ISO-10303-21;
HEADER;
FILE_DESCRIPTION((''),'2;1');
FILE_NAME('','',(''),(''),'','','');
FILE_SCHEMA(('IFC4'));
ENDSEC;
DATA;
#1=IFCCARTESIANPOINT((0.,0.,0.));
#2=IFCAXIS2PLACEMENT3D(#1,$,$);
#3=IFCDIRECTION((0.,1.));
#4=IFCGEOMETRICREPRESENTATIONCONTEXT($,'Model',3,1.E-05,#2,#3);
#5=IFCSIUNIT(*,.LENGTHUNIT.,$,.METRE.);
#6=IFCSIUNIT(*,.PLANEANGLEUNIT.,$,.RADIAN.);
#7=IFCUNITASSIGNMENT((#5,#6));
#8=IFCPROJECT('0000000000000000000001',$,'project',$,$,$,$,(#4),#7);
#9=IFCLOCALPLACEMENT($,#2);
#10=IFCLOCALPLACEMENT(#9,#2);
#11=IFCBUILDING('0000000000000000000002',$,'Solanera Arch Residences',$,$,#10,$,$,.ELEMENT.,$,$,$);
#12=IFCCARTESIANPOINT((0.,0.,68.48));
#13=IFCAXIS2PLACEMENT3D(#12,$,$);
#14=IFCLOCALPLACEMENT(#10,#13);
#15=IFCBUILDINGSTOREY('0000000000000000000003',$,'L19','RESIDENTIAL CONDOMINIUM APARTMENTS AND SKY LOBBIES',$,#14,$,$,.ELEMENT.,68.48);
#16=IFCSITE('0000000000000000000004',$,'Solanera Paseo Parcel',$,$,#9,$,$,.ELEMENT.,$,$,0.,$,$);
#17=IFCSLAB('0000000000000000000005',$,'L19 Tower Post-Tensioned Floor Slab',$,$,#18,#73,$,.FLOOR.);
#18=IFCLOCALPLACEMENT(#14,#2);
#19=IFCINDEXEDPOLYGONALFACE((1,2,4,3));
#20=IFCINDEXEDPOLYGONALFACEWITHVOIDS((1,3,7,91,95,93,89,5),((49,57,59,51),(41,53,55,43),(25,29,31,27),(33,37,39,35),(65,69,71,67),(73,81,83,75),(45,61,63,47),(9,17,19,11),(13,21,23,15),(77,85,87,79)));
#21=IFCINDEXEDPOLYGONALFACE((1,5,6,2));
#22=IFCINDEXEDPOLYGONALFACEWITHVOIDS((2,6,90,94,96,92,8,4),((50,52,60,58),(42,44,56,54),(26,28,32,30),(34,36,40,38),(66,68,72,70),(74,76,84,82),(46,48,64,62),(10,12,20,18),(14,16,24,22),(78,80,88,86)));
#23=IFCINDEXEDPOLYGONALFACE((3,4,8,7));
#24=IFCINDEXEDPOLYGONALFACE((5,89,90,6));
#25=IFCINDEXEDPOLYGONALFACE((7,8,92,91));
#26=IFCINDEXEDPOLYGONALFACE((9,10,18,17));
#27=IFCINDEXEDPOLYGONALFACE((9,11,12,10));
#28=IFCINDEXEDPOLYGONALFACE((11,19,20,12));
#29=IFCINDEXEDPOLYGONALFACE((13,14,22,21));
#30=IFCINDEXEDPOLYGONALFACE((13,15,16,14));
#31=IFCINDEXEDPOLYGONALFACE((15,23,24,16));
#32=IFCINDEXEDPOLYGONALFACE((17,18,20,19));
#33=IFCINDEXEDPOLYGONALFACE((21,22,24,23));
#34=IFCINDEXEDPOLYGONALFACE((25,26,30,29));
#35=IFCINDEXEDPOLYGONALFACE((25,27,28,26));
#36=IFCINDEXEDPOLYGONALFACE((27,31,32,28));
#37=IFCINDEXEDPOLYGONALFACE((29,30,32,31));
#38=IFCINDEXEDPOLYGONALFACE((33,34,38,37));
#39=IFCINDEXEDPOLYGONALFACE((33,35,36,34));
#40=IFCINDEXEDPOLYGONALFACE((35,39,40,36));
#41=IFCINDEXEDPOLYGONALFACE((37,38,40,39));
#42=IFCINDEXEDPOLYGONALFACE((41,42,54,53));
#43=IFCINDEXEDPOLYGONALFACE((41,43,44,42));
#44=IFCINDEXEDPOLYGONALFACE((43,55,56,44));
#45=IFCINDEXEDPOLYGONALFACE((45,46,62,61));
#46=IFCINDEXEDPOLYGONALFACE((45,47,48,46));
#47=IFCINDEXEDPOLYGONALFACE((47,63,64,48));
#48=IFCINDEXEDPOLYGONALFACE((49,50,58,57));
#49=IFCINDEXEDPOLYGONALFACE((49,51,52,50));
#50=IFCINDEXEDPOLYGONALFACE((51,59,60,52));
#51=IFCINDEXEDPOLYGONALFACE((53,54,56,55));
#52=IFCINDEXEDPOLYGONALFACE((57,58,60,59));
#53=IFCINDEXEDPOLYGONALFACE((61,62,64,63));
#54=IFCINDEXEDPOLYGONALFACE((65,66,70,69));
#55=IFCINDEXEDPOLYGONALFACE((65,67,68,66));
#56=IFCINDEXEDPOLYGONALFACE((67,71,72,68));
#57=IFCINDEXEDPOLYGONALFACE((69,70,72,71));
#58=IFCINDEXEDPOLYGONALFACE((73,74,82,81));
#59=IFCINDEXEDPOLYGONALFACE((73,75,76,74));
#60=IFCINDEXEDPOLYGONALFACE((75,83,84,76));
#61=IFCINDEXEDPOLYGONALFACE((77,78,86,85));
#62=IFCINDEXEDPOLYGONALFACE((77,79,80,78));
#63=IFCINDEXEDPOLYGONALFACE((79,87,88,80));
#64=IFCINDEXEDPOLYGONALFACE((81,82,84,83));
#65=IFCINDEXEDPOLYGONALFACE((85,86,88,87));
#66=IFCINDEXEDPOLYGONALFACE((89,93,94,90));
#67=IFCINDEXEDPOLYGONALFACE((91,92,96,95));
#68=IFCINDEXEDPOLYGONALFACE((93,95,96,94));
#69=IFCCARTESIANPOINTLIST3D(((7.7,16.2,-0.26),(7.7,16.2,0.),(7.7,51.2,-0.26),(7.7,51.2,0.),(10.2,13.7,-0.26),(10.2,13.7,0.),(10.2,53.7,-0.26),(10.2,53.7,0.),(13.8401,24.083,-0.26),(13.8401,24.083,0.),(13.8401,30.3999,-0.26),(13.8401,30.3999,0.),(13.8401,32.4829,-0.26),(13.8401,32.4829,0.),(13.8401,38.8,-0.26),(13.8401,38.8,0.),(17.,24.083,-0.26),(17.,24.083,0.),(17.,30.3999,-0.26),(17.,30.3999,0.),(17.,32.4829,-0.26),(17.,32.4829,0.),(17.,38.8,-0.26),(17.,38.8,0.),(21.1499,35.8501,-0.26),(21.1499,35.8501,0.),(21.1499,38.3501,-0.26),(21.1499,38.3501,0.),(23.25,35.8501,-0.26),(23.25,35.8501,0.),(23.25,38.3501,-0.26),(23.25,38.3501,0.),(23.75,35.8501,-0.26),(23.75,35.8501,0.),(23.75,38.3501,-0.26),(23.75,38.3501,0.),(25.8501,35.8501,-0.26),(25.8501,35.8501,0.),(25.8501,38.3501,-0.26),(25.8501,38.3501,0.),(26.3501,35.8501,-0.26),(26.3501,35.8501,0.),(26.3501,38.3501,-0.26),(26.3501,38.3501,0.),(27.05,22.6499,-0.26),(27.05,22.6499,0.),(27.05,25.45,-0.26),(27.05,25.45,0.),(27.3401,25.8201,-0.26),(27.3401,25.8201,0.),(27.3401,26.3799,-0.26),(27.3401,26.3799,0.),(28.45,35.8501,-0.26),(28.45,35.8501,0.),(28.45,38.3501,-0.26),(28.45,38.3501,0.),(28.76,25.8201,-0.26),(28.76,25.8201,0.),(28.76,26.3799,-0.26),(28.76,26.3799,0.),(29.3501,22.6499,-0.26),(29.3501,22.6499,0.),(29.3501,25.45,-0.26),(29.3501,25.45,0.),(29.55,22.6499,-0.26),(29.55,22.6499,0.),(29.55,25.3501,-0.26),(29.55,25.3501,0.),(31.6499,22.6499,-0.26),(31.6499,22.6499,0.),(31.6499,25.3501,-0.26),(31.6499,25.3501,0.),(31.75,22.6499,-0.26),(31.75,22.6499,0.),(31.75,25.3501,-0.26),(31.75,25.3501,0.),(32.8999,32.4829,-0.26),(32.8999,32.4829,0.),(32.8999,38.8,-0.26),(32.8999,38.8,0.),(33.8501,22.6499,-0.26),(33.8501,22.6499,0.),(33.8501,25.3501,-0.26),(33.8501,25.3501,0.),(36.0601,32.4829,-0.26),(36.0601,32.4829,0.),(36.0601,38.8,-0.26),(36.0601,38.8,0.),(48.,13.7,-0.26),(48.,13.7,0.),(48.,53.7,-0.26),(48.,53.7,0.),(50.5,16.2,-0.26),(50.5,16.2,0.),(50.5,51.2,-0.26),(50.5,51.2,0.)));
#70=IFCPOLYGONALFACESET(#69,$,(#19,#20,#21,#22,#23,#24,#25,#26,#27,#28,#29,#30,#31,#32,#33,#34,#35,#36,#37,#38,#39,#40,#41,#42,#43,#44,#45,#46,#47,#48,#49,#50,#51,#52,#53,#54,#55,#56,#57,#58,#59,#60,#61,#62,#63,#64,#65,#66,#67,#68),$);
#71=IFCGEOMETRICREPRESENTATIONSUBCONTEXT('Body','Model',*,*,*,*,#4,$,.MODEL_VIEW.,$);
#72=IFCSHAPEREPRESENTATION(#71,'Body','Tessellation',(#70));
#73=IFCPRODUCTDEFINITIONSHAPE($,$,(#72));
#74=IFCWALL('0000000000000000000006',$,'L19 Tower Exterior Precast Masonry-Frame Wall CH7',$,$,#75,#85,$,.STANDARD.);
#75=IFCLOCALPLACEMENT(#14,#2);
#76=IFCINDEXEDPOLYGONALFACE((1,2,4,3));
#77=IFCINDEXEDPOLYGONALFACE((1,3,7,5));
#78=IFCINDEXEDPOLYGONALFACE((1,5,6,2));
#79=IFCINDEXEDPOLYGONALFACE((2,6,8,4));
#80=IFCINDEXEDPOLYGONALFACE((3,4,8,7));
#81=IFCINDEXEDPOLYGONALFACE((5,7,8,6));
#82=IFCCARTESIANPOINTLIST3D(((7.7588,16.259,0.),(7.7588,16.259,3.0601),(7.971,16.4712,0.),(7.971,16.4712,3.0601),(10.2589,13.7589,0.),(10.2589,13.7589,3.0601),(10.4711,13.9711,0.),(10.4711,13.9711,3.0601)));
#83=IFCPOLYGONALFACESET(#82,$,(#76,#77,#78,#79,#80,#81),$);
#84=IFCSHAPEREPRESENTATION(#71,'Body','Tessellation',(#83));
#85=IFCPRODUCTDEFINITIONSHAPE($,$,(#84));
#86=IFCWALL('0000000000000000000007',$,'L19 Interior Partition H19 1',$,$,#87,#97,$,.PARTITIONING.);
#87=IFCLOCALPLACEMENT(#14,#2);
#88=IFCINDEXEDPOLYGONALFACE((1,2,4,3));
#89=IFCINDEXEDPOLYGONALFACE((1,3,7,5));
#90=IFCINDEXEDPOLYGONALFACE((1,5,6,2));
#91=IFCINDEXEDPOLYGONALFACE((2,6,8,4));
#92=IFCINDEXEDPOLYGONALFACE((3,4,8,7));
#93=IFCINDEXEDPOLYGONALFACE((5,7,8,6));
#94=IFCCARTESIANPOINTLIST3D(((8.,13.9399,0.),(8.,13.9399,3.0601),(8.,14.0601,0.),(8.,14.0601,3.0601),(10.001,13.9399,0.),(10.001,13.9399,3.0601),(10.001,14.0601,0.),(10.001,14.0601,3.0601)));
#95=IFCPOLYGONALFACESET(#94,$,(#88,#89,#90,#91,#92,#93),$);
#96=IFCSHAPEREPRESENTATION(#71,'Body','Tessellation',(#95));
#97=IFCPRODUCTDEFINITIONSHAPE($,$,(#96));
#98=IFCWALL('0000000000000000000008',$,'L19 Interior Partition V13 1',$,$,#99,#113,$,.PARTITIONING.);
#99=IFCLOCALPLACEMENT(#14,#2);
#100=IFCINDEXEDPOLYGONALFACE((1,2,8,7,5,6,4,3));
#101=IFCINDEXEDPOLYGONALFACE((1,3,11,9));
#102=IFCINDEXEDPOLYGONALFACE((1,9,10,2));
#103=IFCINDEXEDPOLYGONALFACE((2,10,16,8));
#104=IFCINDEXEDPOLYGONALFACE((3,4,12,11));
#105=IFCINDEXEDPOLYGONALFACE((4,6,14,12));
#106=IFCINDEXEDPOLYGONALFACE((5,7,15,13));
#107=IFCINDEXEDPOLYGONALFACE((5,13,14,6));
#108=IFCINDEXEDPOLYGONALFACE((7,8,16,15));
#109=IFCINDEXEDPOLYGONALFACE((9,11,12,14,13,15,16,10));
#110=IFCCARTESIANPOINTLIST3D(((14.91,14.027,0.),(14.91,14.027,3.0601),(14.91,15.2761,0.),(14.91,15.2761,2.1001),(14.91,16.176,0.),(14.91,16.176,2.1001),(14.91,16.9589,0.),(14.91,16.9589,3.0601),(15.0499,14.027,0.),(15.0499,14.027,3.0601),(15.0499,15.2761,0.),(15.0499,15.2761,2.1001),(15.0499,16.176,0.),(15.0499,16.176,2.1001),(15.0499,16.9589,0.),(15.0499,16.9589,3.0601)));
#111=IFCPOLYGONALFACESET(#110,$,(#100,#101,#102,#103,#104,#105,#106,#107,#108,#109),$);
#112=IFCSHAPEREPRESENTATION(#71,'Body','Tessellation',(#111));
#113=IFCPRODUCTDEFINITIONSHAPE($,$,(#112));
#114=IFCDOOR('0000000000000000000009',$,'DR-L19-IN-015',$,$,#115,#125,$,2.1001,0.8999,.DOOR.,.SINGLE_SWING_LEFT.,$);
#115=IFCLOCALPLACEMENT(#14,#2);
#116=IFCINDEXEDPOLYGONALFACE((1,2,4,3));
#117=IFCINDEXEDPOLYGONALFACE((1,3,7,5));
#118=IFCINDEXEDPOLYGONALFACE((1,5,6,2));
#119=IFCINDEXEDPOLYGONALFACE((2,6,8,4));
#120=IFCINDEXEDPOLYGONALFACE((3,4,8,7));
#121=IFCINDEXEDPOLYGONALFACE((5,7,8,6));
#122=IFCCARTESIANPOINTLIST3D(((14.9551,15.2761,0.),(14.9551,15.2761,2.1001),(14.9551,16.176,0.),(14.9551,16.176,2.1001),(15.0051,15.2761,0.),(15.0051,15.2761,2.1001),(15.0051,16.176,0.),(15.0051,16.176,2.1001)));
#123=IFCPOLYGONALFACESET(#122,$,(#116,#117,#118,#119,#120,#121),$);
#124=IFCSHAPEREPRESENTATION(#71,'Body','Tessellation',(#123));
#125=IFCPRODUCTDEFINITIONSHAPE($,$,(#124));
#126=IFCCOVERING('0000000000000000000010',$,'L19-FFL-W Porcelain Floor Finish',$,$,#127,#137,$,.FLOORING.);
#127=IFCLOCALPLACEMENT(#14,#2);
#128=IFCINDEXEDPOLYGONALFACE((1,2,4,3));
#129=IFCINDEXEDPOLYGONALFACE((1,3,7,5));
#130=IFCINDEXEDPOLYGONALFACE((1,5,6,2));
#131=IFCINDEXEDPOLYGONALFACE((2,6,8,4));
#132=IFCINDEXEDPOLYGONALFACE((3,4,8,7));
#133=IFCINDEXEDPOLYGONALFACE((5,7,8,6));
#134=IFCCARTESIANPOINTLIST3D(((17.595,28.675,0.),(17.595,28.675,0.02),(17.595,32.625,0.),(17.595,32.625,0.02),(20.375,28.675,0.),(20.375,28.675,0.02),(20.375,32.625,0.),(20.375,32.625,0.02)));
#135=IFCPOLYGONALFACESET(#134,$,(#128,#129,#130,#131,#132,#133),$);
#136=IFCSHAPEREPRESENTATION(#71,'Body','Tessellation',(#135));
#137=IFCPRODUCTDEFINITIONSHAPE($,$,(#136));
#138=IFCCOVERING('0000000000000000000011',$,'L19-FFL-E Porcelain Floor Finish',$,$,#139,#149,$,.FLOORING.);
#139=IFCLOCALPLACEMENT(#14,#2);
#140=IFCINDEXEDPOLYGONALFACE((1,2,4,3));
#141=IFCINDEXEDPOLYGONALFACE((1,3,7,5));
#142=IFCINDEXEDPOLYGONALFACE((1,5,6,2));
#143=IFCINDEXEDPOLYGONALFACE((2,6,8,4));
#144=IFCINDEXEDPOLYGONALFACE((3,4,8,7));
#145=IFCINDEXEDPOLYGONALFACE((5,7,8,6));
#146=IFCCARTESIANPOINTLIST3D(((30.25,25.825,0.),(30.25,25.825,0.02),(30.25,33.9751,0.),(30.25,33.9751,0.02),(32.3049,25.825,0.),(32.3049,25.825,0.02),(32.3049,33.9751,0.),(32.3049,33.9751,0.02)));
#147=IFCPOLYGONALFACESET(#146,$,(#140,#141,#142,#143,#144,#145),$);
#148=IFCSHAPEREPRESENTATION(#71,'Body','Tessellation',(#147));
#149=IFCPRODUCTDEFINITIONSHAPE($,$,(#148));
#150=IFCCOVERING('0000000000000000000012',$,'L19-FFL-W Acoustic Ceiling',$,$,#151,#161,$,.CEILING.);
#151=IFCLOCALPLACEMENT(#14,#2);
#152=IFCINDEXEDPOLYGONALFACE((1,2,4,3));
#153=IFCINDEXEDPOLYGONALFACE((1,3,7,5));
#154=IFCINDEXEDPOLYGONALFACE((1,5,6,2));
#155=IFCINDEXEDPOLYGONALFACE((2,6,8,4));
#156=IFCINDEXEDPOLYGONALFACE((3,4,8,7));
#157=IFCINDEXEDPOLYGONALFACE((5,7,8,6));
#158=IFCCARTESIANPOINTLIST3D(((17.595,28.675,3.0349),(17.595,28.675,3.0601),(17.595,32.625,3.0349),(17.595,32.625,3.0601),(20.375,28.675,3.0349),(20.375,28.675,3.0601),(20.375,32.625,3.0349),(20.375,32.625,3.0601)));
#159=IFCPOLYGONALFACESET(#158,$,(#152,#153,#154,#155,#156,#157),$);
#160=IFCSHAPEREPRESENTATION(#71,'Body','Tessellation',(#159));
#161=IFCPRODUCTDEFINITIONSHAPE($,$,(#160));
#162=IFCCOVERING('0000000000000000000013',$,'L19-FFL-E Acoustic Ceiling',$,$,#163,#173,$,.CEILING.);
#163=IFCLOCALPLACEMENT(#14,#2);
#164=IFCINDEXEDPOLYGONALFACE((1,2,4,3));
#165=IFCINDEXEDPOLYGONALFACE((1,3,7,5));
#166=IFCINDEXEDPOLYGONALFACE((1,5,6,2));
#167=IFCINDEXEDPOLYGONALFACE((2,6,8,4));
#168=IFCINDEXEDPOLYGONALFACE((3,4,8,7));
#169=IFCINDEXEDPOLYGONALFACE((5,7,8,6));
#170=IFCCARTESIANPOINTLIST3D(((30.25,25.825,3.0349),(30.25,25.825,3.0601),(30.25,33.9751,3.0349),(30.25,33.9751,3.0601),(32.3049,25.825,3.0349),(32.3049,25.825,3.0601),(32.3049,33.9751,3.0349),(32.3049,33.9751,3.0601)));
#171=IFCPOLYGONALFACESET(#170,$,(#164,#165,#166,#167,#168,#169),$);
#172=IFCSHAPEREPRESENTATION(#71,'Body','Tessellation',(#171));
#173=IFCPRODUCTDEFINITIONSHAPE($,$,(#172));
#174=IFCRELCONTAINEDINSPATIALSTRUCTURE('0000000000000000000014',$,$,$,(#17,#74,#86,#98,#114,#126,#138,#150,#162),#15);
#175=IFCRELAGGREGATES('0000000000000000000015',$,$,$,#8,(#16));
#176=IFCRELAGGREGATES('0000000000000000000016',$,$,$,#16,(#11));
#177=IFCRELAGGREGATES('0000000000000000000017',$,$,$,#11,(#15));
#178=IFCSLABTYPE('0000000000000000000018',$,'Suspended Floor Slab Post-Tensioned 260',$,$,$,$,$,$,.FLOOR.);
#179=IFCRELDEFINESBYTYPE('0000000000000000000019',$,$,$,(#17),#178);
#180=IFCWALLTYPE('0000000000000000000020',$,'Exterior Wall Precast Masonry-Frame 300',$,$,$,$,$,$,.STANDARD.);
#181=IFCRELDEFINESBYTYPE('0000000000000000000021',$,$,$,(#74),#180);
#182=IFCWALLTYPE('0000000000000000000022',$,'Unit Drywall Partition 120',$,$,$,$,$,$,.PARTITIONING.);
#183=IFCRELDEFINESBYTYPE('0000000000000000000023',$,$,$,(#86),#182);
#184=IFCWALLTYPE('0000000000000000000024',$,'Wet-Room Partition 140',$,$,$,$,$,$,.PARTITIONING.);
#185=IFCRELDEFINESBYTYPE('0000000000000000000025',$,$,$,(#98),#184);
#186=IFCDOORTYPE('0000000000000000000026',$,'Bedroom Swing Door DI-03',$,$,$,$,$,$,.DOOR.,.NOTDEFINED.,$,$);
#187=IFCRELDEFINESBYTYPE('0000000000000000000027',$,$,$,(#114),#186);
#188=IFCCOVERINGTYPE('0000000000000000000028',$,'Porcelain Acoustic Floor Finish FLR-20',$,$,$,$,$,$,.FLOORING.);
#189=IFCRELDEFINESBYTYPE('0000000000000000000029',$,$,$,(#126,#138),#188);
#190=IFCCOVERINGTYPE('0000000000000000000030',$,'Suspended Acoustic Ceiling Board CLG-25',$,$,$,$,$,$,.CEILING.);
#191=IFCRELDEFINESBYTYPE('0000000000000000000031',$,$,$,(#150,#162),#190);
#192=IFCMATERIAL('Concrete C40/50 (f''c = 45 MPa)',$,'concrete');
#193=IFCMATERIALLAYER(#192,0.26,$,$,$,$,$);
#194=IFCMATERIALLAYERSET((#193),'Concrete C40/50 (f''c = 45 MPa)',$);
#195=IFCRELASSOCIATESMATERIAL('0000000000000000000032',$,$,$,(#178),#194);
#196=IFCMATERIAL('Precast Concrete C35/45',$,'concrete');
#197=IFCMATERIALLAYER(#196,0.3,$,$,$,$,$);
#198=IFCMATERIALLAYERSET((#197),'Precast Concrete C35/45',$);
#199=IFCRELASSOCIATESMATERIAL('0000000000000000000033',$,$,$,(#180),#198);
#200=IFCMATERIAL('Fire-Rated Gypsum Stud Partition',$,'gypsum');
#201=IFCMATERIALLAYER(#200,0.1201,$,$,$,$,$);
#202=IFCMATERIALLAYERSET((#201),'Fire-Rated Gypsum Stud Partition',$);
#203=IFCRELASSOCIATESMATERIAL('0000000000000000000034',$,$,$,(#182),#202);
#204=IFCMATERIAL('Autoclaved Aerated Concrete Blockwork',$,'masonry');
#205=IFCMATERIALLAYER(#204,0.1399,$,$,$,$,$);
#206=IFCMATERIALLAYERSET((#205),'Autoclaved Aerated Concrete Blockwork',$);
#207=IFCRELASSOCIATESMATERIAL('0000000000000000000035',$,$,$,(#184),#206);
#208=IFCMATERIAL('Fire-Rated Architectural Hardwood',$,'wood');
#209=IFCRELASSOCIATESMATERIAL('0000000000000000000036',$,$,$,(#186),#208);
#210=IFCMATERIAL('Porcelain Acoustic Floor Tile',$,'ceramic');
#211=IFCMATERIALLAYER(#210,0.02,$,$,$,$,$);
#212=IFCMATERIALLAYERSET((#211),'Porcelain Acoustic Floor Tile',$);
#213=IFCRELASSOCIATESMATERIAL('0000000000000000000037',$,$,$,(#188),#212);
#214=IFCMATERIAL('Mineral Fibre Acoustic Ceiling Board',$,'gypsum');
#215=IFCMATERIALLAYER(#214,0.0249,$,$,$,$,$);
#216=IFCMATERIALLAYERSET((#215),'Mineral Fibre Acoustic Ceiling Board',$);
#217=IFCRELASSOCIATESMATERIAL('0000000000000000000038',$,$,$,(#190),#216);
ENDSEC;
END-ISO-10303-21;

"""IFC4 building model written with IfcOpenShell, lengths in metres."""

from ifc_helpers import new_model, si_unit, direction, frame, frame_2d, origin, place, context, subcontext, project, spatial, polyline, rectangle, outline, extrude, material, layer, layer_set, type_object, element, fill, save


model = new_model("IFC4")

# Units and contexts
model_context = context("Model", 3, precision=1e-05, world=origin(), true_north=direction((0.0, 1.0)))
body_context = subcontext(model_context, "Body", "Model", "MODEL_VIEW")
ifc_project = project(units=[si_unit("LENGTHUNIT", "METRE"), si_unit("PLANEANGLEUNIT", "RADIAN")], contexts=[model_context])

# Site, building, storey
site_placement = place(None, origin())
site = spatial("IfcSite", under=ifc_project, at=site_placement, Name="Solanera Paseo Parcel", CompositionType="ELEMENT", RefElevation=0.0)
building_placement = place(site_placement, origin())
building = spatial("IfcBuilding", under=site, at=building_placement, Name="Solanera Arch Residences", CompositionType="ELEMENT")
storey_placement = place(building_placement, frame((0.0, 0.0, 68.48)))
storey = spatial("IfcBuildingStorey", under=building, at=storey_placement, Name="L19", Description="RESIDENTIAL CONDOMINIUM APARTMENTS AND SKY LOBBIES", CompositionType="ELEMENT", Elevation=68.48)

# Slab
ifc_material_1 = material(Name="Concrete C40/50 (f'c = 45 MPa)", Category="concrete")
ifc_layer_1 = layer(ifc_material_1, 0.26)
ifc_layer_set_1 = layer_set([ifc_layer_1], Name="Concrete C40/50 (f'c = 45 MPa)")
slab_type_1 = type_object("IfcSlabType", Name="Suspended Floor Slab Post-Tensioned 260", PredefinedType="FLOOR", material=ifc_layer_set_1)
slab_1_placement = place(storey_placement, frame((0.0, 0.0, -0.26)))
element("IfcSlab", 1, at=slab_1_placement, inside=storey, type_object=slab_type_1, Name="L19 Tower Post-Tensioned Floor Slab", PredefinedType="FLOOR", context=body_context, shape_type="SweptSolid", body=[
    extrude(outline(polyline([(10.2, 13.7), (48.0, 13.7), (50.5, 16.2), (50.5, 51.2), (48.0, 53.7), (10.2, 53.7), (7.7, 51.2), (7.7, 16.2), (10.2, 13.7)]), holes=[polyline([(13.8401, 32.4829), (13.8401, 38.8), (17.0, 38.8), (17.0, 32.4829), (13.8401, 32.4829)]), polyline([(32.8999, 32.4829), (32.8999, 38.8), (36.0601, 38.8), (36.0601, 32.4829), (32.8999, 32.4829)]), polyline([(13.8401, 24.083), (13.8401, 30.3999), (17.0, 30.3999), (17.0, 24.083), (13.8401, 24.083)]), polyline([(21.1499, 38.3501), (23.25, 38.3501), (23.25, 35.8501), (21.1499, 35.8501), (21.1499, 38.3501)]), polyline([(23.75, 38.3501), (25.8501, 38.3501), (25.8501, 35.8501), (23.75, 35.8501), (23.75, 38.3501)]), polyline([(26.3501, 38.3501), (28.45, 38.3501), (28.45, 35.8501), (26.3501, 35.8501), (26.3501, 38.3501)]), polyline([(29.55, 25.3501), (31.6499, 25.3501), (31.6499, 22.6499), (29.55, 22.6499), (29.55, 25.3501)]), polyline([(31.75, 25.3501), (33.8501, 25.3501), (33.8501, 22.6499), (31.75, 22.6499), (31.75, 25.3501)]), polyline([(27.05, 25.45), (29.3501, 25.45), (29.3501, 22.6499), (27.05, 22.6499), (27.05, 25.45)]), polyline([(27.3401, 26.3799), (28.76, 26.3799), (28.76, 25.8201), (27.3401, 25.8201), (27.3401, 26.3799)])]), origin(), (0.0, 0.0, 1.0), 0.26),
])

# Walls
ifc_material_2 = material(Name="Precast Concrete C35/45", Category="concrete")
ifc_layer_2 = layer(ifc_material_2, 0.3)
ifc_layer_set_2 = layer_set([ifc_layer_2], Name="Precast Concrete C35/45")
wall_type_1 = type_object("IfcWallType", Name="Exterior Wall Precast Masonry-Frame 300", PredefinedType="STANDARD", material=ifc_layer_set_2)
wall_1_placement = place(storey_placement, frame((10.365, 13.865, 0.0), z_axis=(0.0, 0.0, 1.0), x_axis=(-0.707107, 0.707107, 0.0)))
element("IfcWall", 2, at=wall_1_placement, inside=storey, type_object=wall_type_1, Name="L19 Tower Exterior Precast Masonry-Frame Wall CH7", PredefinedType="STANDARD", context=body_context, shape_type="SweptSolid", body=[
    extrude(rectangle(XDim=3.5356, YDim=0.3, at=frame_2d((1.7678, 0.0))), origin(), (0.0, 0.0, 1.0), 3.0601),
])
ifc_material_3 = material(Name="Fire-Rated Gypsum Stud Partition", Category="gypsum")
ifc_layer_3 = layer(ifc_material_3, 0.1201)
ifc_layer_set_3 = layer_set([ifc_layer_3], Name="Fire-Rated Gypsum Stud Partition")
wall_type_2 = type_object("IfcWallType", Name="Unit Drywall Partition 120", PredefinedType="PARTITIONING", material=ifc_layer_set_3)
wall_2_placement = place(storey_placement, frame((8.0, 14.0, 0.0), z_axis=(0.0, 0.0, 1.0), x_axis=(1.0, 0.0, 0.0)))
element("IfcWall", 3, at=wall_2_placement, inside=storey, type_object=wall_type_2, Name="L19 Interior Partition H19 1", PredefinedType="PARTITIONING", context=body_context, shape_type="SweptSolid", body=[
    extrude(rectangle(XDim=2.001, YDim=0.1201, at=frame_2d((1.0005, 0.0))), origin(), (0.0, 0.0, 1.0), 3.0601),
])

# Wall, opening, door
ifc_material_4 = material(Name="Autoclaved Aerated Concrete Blockwork", Category="masonry")
ifc_layer_4 = layer(ifc_material_4, 0.1399)
ifc_layer_set_4 = layer_set([ifc_layer_4], Name="Autoclaved Aerated Concrete Blockwork")
wall_type_3 = type_object("IfcWallType", Name="Wet-Room Partition 140", PredefinedType="PARTITIONING", material=ifc_layer_set_4)
wall_3_placement = place(storey_placement, frame((14.98, 14.0271, 0.0), z_axis=(0.0, 0.0, 1.0), x_axis=(0.0, 1.0, 0.0)))
wall_3 = element("IfcWall", 4, at=wall_3_placement, inside=storey, type_object=wall_type_3, Name="L19 Interior Partition V13 1", PredefinedType="PARTITIONING", context=body_context, shape_type="SweptSolid", body=[
    extrude(rectangle(XDim=2.9319, YDim=0.1399, at=frame_2d((1.4658, 0.0))), origin(), (0.0, 0.0, 1.0), 3.0601),
])
opening_placement = place(wall_3_placement, frame((1.249, 0.0, 0.0)))
opening = element("IfcOpeningElement", 5, at=opening_placement, cuts=wall_3, PredefinedType="OPENING", context=body_context, shape_type="SweptSolid", body=[
    extrude(rectangle(XDim=0.8999, YDim=2.1001, at=frame_2d((0.45, 1.05))), frame((0.0, 0.0798, 0.0), z_axis=(0.0, -1.0, 0.0), x_axis=(1.0, 0.0, 0.0)), (0.0, 0.0, 1.0), 0.1599),
])
ifc_material_5 = material(Name="Fire-Rated Architectural Hardwood", Category="wood")
door_type = type_object("IfcDoorType", Name="Bedroom Swing Door DI-03", OperationType="NOTDEFINED", PredefinedType="DOOR", material=ifc_material_5)
door_placement = place(opening_placement, origin())
door = element("IfcDoor", 6, at=door_placement, inside=storey, type_object=door_type, Name="DR-L19-IN-015", OperationType="SINGLE_SWING_LEFT", OverallHeight=2.1001, OverallWidth=0.8999, PredefinedType="DOOR", context=body_context, shape_type="SweptSolid", body=[
    extrude(rectangle(XDim=0.8999, YDim=2.1001, at=frame_2d((0.45, 1.05))), frame((0.0, 0.0249, 0.0), z_axis=(0.0, -1.0, 0.0), x_axis=(1.0, 0.0, 0.0)), (0.0, 0.0, 1.0), 0.05),
])
fill(opening, door)

# Coverings
ifc_material_6 = material(Name="Porcelain Acoustic Floor Tile", Category="ceramic")
ifc_layer_5 = layer(ifc_material_6, 0.02)
ifc_layer_set_5 = layer_set([ifc_layer_5], Name="Porcelain Acoustic Floor Tile")
covering_type_1 = type_object("IfcCoveringType", Name="Porcelain Acoustic Floor Finish FLR-20", PredefinedType="FLOORING", material=ifc_layer_set_5)
covering_1_placement = place(storey_placement, origin())
element("IfcCovering", 7, at=covering_1_placement, inside=storey, type_object=covering_type_1, Name="L19-FFL-W Porcelain Floor Finish", PredefinedType="FLOORING", context=body_context, shape_type="SweptSolid", body=[
    extrude(outline(polyline([(20.375, 28.675), (17.595, 28.675), (17.595, 32.625), (20.375, 32.625), (20.375, 28.675)])), origin(), (0.0, 0.0, 1.0), 0.02),
])
covering_2_placement = place(storey_placement, origin())
element("IfcCovering", 8, at=covering_2_placement, inside=storey, type_object=covering_type_1, Name="L19-FFL-E Porcelain Floor Finish", PredefinedType="FLOORING", context=body_context, shape_type="SweptSolid", body=[
    extrude(outline(polyline([(32.3049, 25.825), (30.25, 25.825), (30.25, 33.9751), (32.3049, 33.9751), (32.3049, 25.825)])), origin(), (0.0, 0.0, 1.0), 0.02),
])
ifc_material_7 = material(Name="Mineral Fibre Acoustic Ceiling Board", Category="gypsum")
ifc_layer_6 = layer(ifc_material_7, 0.0249)
ifc_layer_set_6 = layer_set([ifc_layer_6], Name="Mineral Fibre Acoustic Ceiling Board")
covering_type_2 = type_object("IfcCoveringType", Name="Suspended Acoustic Ceiling Board CLG-25", PredefinedType="CEILING", material=ifc_layer_set_6)
covering_3_placement = place(storey_placement, frame((0.0, 0.0, 3.0349)))
element("IfcCovering", 9, at=covering_3_placement, inside=storey, type_object=covering_type_2, Name="L19-FFL-W Acoustic Ceiling", PredefinedType="CEILING", context=body_context, shape_type="SweptSolid", body=[
    extrude(outline(polyline([(20.375, 28.675), (17.595, 28.675), (17.595, 32.625), (20.375, 32.625), (20.375, 28.675)])), origin(), (0.0, 0.0, 1.0), 0.0251),
])
covering_4_placement = place(storey_placement, frame((0.0, 0.0, 3.0349)))
element("IfcCovering", 10, at=covering_4_placement, inside=storey, type_object=covering_type_2, Name="L19-FFL-E Acoustic Ceiling", PredefinedType="CEILING", context=body_context, shape_type="SweptSolid", body=[
    extrude(outline(polyline([(32.3049, 25.825), (30.25, 25.825), (30.25, 33.9751), (32.3049, 33.9751), (32.3049, 25.825)])), origin(), (0.0, 0.0, 1.0), 0.0251),
])

save(model, "model.ifc")
